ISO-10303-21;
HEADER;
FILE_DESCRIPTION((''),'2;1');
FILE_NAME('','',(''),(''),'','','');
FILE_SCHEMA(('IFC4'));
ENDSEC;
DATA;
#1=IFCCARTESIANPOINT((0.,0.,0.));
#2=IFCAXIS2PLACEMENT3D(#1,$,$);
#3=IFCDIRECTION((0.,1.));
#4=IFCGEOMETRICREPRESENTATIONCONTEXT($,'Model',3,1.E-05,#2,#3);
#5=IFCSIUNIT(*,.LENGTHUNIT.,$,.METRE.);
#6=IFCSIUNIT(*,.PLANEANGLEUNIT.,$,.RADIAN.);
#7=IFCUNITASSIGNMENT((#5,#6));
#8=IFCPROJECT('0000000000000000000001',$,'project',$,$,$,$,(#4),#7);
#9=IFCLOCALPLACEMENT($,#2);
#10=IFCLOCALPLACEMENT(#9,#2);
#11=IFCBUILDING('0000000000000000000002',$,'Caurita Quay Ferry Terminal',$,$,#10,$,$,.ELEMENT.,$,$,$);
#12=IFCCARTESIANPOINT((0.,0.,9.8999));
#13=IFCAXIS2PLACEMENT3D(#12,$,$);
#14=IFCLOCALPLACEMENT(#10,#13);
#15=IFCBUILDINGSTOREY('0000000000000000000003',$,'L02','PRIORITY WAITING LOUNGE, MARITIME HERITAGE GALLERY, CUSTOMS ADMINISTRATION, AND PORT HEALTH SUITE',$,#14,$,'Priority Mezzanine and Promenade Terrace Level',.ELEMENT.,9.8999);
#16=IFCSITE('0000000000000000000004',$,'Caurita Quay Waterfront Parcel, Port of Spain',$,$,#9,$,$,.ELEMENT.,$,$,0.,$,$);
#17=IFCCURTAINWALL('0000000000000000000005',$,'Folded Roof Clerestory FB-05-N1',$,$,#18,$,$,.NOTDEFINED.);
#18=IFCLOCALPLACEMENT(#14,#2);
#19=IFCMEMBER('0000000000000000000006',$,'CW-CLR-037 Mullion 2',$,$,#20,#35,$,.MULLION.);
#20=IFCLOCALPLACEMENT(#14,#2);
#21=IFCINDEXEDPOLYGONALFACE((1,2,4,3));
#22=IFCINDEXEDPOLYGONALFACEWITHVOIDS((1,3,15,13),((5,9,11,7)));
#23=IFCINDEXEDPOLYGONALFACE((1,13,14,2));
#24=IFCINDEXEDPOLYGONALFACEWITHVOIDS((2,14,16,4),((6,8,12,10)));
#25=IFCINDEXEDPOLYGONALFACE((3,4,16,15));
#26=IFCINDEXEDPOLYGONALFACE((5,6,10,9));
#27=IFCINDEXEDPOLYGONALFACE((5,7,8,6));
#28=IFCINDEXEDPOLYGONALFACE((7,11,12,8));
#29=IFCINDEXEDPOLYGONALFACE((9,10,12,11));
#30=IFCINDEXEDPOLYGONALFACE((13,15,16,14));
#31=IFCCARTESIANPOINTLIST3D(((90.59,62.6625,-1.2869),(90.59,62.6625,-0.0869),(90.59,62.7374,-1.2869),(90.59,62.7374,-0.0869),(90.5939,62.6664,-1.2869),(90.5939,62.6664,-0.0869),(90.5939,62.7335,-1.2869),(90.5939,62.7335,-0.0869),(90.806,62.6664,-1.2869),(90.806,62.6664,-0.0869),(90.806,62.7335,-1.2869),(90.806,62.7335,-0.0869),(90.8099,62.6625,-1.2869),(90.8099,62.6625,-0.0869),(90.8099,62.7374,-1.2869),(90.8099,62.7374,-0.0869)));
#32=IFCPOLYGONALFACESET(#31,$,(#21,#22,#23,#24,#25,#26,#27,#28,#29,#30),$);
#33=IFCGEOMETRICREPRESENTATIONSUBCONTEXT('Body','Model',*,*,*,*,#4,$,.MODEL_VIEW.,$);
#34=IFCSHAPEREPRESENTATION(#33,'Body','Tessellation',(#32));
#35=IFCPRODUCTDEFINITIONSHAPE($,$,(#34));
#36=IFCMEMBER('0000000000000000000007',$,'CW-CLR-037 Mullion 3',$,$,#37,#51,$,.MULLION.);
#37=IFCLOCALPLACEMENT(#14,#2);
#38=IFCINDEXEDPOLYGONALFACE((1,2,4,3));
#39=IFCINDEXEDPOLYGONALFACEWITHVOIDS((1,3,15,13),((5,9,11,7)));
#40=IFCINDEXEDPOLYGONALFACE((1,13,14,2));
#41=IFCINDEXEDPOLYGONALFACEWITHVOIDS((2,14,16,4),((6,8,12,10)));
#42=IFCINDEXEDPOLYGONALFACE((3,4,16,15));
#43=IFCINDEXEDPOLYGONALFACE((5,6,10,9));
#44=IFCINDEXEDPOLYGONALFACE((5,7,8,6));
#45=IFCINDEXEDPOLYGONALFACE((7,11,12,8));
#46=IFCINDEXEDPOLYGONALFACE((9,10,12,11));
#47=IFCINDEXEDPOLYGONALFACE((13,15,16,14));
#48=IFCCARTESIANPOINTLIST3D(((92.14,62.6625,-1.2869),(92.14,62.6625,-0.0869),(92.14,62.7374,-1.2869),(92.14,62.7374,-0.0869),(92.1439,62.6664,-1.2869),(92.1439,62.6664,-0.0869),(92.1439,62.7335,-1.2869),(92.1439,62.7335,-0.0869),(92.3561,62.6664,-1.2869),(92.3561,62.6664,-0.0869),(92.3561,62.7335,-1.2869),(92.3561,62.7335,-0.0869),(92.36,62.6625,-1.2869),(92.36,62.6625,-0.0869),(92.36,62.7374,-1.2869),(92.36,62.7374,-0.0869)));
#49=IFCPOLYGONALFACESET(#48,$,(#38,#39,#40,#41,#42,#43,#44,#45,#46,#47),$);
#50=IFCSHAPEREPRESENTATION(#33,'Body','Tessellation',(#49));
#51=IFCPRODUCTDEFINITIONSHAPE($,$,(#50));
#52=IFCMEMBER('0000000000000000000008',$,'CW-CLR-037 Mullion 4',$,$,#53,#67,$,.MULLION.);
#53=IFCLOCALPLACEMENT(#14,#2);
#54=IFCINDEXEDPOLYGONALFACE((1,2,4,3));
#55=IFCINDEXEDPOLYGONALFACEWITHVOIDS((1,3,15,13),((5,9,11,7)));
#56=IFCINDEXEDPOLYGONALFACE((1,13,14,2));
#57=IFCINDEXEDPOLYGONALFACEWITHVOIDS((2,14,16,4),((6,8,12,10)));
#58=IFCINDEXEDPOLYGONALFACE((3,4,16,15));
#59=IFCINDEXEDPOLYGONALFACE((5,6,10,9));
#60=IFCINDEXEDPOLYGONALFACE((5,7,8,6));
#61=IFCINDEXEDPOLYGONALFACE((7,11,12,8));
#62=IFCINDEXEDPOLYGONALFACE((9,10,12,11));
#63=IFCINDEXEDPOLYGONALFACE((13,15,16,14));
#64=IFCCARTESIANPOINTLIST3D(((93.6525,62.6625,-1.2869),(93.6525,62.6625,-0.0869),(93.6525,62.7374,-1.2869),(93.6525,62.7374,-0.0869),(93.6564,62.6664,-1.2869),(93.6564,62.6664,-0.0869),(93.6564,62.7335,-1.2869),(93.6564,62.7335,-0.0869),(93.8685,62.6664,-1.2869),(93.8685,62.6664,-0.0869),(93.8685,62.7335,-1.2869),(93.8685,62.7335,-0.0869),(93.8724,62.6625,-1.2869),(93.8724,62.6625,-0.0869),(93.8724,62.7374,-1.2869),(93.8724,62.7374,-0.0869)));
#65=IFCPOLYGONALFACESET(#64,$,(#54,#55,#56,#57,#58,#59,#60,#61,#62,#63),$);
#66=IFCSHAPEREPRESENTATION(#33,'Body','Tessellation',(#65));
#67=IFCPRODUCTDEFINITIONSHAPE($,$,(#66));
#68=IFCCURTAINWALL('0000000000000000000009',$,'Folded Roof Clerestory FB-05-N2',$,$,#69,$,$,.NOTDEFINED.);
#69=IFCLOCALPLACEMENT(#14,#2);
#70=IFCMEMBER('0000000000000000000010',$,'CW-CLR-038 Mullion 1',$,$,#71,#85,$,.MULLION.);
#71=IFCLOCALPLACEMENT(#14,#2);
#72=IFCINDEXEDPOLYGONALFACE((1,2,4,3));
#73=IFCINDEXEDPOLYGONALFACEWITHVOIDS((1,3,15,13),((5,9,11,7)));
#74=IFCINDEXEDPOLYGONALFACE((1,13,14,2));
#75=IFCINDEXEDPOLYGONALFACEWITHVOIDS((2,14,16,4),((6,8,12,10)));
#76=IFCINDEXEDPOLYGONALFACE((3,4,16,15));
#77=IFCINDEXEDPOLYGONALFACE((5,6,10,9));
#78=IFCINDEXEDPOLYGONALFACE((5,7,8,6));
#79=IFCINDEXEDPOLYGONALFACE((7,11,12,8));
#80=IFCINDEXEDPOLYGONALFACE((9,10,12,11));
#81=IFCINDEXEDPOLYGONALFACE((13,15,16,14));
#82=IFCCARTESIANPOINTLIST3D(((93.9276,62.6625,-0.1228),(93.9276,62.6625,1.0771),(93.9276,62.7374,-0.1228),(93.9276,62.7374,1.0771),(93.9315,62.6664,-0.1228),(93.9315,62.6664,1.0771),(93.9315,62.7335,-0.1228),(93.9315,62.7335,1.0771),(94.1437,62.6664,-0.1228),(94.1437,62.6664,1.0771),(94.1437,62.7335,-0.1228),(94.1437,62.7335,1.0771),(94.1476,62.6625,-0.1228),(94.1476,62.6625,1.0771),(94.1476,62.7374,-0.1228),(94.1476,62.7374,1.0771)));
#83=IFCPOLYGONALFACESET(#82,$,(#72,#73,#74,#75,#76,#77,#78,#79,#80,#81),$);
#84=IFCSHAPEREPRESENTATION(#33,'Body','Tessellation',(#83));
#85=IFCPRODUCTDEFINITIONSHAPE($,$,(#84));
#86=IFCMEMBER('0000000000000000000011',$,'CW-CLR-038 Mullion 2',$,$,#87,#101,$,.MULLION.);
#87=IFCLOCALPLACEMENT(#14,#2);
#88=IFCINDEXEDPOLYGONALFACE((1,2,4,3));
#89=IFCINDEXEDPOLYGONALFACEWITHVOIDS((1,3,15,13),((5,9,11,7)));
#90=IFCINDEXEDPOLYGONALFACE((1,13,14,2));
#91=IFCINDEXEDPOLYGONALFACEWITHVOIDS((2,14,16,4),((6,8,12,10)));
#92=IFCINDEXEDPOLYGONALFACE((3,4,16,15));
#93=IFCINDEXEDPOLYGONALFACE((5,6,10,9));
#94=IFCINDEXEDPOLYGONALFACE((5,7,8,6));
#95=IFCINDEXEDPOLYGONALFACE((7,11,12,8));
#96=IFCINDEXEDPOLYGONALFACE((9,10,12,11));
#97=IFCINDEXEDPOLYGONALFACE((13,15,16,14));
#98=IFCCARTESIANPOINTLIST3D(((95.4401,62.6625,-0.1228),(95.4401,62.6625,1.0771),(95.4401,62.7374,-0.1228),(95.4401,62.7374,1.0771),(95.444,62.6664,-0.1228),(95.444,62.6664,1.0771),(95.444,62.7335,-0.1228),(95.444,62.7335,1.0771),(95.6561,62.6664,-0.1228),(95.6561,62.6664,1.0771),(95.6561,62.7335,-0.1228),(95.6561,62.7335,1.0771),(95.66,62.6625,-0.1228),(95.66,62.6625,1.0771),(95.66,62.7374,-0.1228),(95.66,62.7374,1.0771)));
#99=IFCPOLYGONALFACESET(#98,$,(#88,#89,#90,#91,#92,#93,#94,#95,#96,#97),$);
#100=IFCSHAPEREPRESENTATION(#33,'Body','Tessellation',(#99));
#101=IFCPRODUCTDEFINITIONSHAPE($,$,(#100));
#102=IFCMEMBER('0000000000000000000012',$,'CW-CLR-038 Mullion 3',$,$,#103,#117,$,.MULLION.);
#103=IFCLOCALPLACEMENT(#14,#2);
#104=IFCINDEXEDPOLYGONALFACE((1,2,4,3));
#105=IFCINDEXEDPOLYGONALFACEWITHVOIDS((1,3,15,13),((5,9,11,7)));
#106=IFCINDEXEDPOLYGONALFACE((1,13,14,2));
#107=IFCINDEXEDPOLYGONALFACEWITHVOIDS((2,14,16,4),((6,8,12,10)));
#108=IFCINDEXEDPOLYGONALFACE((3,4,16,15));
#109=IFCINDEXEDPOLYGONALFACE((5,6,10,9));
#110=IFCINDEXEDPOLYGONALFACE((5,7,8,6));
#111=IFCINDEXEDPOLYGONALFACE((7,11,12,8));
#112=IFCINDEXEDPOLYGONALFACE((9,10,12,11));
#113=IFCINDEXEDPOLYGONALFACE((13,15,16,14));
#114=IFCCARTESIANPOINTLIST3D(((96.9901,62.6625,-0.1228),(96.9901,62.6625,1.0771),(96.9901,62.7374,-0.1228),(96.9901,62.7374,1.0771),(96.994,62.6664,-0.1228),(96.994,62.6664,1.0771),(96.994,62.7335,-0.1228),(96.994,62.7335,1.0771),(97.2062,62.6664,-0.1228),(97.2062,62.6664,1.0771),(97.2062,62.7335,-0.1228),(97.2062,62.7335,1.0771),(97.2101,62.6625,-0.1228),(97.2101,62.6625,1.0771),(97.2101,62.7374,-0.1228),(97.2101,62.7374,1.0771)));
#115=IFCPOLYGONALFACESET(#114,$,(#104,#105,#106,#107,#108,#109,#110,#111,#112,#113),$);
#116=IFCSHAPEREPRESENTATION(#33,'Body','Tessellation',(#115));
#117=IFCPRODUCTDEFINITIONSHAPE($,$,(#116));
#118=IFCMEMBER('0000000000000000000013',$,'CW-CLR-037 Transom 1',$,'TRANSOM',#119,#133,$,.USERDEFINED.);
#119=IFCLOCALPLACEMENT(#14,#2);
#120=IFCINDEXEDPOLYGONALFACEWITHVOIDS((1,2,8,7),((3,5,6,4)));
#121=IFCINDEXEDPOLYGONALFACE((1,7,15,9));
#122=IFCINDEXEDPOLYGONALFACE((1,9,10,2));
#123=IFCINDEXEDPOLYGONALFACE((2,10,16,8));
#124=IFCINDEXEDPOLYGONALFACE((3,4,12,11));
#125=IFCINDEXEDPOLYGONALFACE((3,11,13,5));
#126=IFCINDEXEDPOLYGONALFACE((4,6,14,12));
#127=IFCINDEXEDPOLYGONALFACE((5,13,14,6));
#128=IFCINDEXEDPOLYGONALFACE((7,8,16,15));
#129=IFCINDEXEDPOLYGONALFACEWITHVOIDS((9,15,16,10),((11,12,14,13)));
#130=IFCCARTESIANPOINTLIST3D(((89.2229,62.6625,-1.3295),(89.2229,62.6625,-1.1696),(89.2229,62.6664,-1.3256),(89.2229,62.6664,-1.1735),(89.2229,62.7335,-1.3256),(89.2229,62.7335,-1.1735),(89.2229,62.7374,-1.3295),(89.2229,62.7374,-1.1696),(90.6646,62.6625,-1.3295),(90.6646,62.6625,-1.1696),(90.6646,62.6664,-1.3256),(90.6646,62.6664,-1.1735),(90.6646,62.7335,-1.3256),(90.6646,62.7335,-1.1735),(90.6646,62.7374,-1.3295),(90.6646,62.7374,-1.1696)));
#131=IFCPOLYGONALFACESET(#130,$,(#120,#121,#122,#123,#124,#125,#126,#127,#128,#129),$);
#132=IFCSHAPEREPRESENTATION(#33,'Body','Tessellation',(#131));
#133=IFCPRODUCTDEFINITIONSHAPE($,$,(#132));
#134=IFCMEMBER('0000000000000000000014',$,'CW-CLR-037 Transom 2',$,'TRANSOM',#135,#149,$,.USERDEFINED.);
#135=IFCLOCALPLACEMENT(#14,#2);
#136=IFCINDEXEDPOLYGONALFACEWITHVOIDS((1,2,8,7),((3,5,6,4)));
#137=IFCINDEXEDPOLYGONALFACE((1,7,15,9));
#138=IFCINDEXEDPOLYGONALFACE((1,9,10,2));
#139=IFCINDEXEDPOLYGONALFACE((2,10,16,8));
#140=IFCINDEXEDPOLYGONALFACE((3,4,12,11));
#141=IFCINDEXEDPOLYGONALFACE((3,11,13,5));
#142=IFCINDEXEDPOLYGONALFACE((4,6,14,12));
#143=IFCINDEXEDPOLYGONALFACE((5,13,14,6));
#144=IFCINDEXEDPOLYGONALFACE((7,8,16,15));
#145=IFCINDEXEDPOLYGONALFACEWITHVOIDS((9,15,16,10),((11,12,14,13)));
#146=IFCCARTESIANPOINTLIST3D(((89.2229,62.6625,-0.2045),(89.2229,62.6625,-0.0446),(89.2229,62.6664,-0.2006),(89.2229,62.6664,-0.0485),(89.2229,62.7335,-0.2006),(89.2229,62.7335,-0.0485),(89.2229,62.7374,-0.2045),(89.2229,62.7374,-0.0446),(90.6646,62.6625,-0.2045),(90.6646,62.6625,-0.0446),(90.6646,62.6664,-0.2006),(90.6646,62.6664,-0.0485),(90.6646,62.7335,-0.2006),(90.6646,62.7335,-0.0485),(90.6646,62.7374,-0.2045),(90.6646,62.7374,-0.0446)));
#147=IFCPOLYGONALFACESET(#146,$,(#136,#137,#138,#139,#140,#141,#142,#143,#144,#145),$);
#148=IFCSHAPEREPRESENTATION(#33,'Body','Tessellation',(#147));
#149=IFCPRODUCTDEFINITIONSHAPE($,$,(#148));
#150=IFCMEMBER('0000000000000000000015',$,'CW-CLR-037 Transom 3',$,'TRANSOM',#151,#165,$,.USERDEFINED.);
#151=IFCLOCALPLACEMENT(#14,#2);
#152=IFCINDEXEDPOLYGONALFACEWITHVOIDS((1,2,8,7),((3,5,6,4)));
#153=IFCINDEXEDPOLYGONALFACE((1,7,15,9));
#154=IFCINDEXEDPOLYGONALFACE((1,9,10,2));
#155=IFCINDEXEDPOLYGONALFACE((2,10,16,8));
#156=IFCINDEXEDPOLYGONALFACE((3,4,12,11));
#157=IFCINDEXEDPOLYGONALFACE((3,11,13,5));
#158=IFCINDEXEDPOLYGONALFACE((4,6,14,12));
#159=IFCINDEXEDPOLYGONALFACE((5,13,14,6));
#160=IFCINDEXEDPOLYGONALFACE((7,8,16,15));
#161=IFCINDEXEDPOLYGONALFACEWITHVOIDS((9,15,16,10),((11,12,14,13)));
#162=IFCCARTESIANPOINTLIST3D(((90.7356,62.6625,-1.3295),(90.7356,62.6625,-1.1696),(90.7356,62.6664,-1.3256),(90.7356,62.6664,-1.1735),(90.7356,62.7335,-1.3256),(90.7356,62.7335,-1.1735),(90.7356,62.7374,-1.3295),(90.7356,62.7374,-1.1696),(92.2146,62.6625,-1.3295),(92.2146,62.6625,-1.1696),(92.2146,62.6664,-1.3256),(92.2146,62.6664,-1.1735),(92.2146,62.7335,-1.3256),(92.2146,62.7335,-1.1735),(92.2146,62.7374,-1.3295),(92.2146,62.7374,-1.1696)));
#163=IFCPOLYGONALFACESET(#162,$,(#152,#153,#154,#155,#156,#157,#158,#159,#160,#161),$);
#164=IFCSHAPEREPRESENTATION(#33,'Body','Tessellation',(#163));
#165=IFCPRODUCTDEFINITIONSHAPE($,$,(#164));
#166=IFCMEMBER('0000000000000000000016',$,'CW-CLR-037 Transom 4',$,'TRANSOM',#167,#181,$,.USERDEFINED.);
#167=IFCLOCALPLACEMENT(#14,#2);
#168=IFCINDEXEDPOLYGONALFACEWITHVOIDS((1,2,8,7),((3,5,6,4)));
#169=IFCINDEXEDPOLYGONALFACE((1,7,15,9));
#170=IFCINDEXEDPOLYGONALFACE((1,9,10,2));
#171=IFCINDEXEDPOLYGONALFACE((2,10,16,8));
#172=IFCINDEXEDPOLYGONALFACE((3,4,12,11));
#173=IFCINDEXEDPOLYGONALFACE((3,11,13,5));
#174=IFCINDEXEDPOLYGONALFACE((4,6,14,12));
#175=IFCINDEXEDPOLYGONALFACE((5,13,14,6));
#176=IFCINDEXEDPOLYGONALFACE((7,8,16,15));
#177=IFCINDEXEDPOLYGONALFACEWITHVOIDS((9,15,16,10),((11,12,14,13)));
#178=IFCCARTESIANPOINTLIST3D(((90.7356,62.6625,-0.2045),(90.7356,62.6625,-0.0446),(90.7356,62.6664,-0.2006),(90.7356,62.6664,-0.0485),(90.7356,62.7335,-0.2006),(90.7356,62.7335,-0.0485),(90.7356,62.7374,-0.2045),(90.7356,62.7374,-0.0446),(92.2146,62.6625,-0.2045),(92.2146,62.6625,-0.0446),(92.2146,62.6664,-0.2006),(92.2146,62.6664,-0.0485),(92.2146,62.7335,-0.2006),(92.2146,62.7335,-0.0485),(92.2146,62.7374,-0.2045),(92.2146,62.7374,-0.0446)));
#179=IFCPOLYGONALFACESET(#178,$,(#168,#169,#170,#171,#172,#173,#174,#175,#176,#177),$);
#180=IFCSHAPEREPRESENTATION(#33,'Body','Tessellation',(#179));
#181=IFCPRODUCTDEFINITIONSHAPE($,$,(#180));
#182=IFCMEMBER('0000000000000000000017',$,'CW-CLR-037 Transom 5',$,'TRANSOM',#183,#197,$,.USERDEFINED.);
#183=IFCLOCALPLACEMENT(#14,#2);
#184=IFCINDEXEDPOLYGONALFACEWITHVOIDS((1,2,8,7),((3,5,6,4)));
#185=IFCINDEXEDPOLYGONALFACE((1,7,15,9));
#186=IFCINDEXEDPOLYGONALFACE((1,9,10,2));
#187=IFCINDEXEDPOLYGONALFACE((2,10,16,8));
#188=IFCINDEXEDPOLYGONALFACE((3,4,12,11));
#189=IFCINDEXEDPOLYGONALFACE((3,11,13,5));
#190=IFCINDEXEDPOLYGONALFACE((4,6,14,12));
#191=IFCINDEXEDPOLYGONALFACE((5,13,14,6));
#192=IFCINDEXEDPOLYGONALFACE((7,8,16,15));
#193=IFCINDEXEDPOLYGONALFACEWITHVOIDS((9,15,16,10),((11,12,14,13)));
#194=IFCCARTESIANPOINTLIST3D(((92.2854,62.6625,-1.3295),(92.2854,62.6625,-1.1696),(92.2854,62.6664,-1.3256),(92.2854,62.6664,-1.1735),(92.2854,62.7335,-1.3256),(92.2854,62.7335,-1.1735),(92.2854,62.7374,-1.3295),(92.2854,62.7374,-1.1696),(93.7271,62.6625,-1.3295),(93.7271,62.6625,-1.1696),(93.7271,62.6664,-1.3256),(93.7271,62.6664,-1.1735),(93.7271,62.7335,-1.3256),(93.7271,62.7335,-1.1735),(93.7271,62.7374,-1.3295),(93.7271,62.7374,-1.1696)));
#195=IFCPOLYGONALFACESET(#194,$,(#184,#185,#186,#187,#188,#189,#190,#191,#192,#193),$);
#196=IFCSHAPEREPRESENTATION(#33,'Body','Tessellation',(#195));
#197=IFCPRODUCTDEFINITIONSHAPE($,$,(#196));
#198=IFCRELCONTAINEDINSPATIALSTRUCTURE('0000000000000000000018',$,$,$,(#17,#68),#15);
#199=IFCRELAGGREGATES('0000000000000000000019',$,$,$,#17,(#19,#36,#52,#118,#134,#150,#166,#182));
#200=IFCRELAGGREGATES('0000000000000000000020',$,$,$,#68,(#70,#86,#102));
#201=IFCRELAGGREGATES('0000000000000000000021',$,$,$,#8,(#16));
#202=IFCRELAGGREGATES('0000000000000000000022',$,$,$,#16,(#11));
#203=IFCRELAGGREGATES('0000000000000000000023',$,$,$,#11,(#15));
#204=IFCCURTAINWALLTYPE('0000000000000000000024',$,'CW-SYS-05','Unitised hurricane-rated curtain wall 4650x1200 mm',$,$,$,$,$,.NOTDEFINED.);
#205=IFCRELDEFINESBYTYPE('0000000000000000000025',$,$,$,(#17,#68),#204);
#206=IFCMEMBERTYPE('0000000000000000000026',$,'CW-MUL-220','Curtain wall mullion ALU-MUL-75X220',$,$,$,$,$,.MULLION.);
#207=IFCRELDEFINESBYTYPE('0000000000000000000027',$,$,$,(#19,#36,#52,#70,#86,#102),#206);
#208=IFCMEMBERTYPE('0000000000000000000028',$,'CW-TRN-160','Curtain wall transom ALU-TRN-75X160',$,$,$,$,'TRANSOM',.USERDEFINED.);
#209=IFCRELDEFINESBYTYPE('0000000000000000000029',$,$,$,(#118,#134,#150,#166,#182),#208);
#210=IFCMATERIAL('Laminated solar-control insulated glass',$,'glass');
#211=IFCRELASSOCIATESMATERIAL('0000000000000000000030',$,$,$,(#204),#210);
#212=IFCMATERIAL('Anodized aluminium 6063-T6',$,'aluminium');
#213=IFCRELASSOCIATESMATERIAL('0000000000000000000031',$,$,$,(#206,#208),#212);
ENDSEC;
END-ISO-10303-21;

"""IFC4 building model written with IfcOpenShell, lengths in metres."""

from ifc_helpers import new_model, si_unit, direction, frame, origin, origin_2d, place, context, subcontext, project, spatial, hollow_rectangle, extrude, material, material_profile, profile_set, type_object, element, aggregate, save


model = new_model("IFC4")

# Units and contexts
model_context = context("Model", 3, precision=1e-05, world=origin(), true_north=direction((0.0, 1.0)))
body_context = subcontext(model_context, "Body", "Model", "MODEL_VIEW")
ifc_project = project(units=[si_unit("LENGTHUNIT", "METRE"), si_unit("PLANEANGLEUNIT", "RADIAN")], contexts=[model_context])

# Site, building, storey
site_placement = place(None, origin())
site = spatial("IfcSite", under=ifc_project, at=site_placement, Name="Caurita Quay Waterfront Parcel, Port of Spain", CompositionType="ELEMENT", RefElevation=0.0)
building_placement = place(site_placement, origin())
building = spatial("IfcBuilding", under=site, at=building_placement, Name="Caurita Quay Ferry Terminal", CompositionType="ELEMENT")
storey_placement = place(building_placement, frame((0.0, 0.0, 9.8999)))
storey = spatial("IfcBuildingStorey", under=building, at=storey_placement, Name="L02", Description="PRIORITY WAITING LOUNGE, MARITIME HERITAGE GALLERY, CUSTOMS ADMINISTRATION, AND PORT HEALTH SUITE", LongName="Priority Mezzanine and Promenade Terrace Level", CompositionType="ELEMENT", Elevation=9.8999)

# Curtain walls, members
ifc_material_1 = material(Name="Laminated solar-control insulated glass", Category="glass")
curtain_wall_type = type_object("IfcCurtainWallType", Name="CW-SYS-05", Description="Unitised hurricane-rated curtain wall 4650x1200 mm", PredefinedType="NOTDEFINED", material=ifc_material_1)
curtain_wall_1_placement = place(storey_placement, origin())
curtain_wall_1 = element("IfcCurtainWall", 1, at=curtain_wall_1_placement, inside=storey, type_object=curtain_wall_type, Name="Folded Roof Clerestory FB-05-N1", PredefinedType="NOTDEFINED")
ifc_material_2 = material(Name="Anodized aluminium 6063-T6", Category="aluminium")
ifc_material_profile_1 = material_profile(ifc_material_2, hollow_rectangle(XDim=0.075, YDim=0.22, WallThickness=0.0039, at=origin_2d()), Name="ALU-MUL-75X220")
ifc_profile_set_1 = profile_set([ifc_material_profile_1], Name="Anodized aluminium 6063-T6")
member_type_1 = type_object("IfcMemberType", Name="CW-MUL-220", Description="Curtain wall mullion ALU-MUL-75X220", PredefinedType="MULLION", material=ifc_profile_set_1)
member_1_placement = place(storey_placement, frame((90.7, 62.7, -1.2869), z_axis=(0.0, 0.0, 1.0), x_axis=(0.0, 1.0, 0.0)))
member_1 = element("IfcMember", 2, at=member_1_placement, type_object=member_type_1, Name="CW-CLR-037 Mullion 2", PredefinedType="MULLION", context=body_context, shape_type="SweptSolid", body=[
    extrude(hollow_rectangle(XDim=0.075, YDim=0.22, WallThickness=0.0039, at=origin_2d()), origin(), (0.0, 0.0, 1.0), 1.2),
])
member_2_placement = place(storey_placement, frame((92.25, 62.7, -1.2869), z_axis=(0.0, 0.0, 1.0), x_axis=(0.0, 1.0, 0.0)))
member_2 = element("IfcMember", 3, at=member_2_placement, type_object=member_type_1, Name="CW-CLR-037 Mullion 3", PredefinedType="MULLION", context=body_context, shape_type="SweptSolid", body=[
    extrude(hollow_rectangle(XDim=0.075, YDim=0.22, WallThickness=0.0039, at=origin_2d()), origin(), (0.0, 0.0, 1.0), 1.2),
])
member_3_placement = place(storey_placement, frame((93.7625, 62.7, -1.2869), z_axis=(0.0, 0.0, 1.0), x_axis=(0.0, 1.0, 0.0)))
member_3 = element("IfcMember", 4, at=member_3_placement, type_object=member_type_1, Name="CW-CLR-037 Mullion 4", PredefinedType="MULLION", context=body_context, shape_type="SweptSolid", body=[
    extrude(hollow_rectangle(XDim=0.075, YDim=0.22, WallThickness=0.0039, at=origin_2d()), origin(), (0.0, 0.0, 1.0), 1.2),
])
curtain_wall_2_placement = place(storey_placement, origin())
curtain_wall_2 = element("IfcCurtainWall", 5, at=curtain_wall_2_placement, inside=storey, type_object=curtain_wall_type, Name="Folded Roof Clerestory FB-05-N2", PredefinedType="NOTDEFINED")
member_4_placement = place(storey_placement, frame((94.0376, 62.7, -0.1228), z_axis=(0.0, 0.0, 1.0), x_axis=(0.0, 1.0, 0.0)))
member_4 = element("IfcMember", 6, at=member_4_placement, type_object=member_type_1, Name="CW-CLR-038 Mullion 1", PredefinedType="MULLION", context=body_context, shape_type="SweptSolid", body=[
    extrude(hollow_rectangle(XDim=0.075, YDim=0.22, WallThickness=0.0039, at=origin_2d()), origin(), (0.0, 0.0, 1.0), 1.2),
])
member_5_placement = place(storey_placement, frame((95.55, 62.7, -0.1228), z_axis=(0.0, 0.0, 1.0), x_axis=(0.0, 1.0, 0.0)))
member_5 = element("IfcMember", 7, at=member_5_placement, type_object=member_type_1, Name="CW-CLR-038 Mullion 2", PredefinedType="MULLION", context=body_context, shape_type="SweptSolid", body=[
    extrude(hollow_rectangle(XDim=0.075, YDim=0.22, WallThickness=0.0039, at=origin_2d()), origin(), (0.0, 0.0, 1.0), 1.2),
])
member_6_placement = place(storey_placement, frame((97.1001, 62.7, -0.1228), z_axis=(0.0, 0.0, 1.0), x_axis=(0.0, 1.0, 0.0)))
member_6 = element("IfcMember", 8, at=member_6_placement, type_object=member_type_1, Name="CW-CLR-038 Mullion 3", PredefinedType="MULLION", context=body_context, shape_type="SweptSolid", body=[
    extrude(hollow_rectangle(XDim=0.075, YDim=0.22, WallThickness=0.0039, at=origin_2d()), origin(), (0.0, 0.0, 1.0), 1.2),
])

# Members
ifc_material_profile_2 = material_profile(ifc_material_2, hollow_rectangle(XDim=0.075, YDim=0.1599, WallThickness=0.0039, at=origin_2d()), Name="ALU-TRN-75X160")
ifc_profile_set_2 = profile_set([ifc_material_profile_2], Name="Anodized aluminium 6063-T6")
member_type_2 = type_object("IfcMemberType", Name="CW-TRN-160", Description="Curtain wall transom ALU-TRN-75X160", ElementType="TRANSOM", PredefinedType="USERDEFINED", material=ifc_profile_set_2)
member_7_placement = place(storey_placement, frame((89.2229, 62.7, -1.2495), z_axis=(1.0, 0.0, 0.0), x_axis=(0.0, 1.0, 0.0)))
member_7 = element("IfcMember", 9, at=member_7_placement, type_object=member_type_2, Name="CW-CLR-037 Transom 1", ObjectType="TRANSOM", PredefinedType="USERDEFINED", context=body_context, shape_type="SweptSolid", body=[
    extrude(hollow_rectangle(XDim=0.075, YDim=0.1599, WallThickness=0.0039, at=origin_2d()), origin(), (0.0, 0.0, 1.0), 1.4417),
])
member_8_placement = place(storey_placement, frame((89.2229, 62.7, -0.1245), z_axis=(1.0, 0.0, 0.0), x_axis=(0.0, 1.0, 0.0)))
member_8 = element("IfcMember", 10, at=member_8_placement, type_object=member_type_2, Name="CW-CLR-037 Transom 2", ObjectType="TRANSOM", PredefinedType="USERDEFINED", context=body_context, shape_type="SweptSolid", body=[
    extrude(hollow_rectangle(XDim=0.075, YDim=0.1599, WallThickness=0.0039, at=origin_2d()), origin(), (0.0, 0.0, 1.0), 1.4417),
])
member_9_placement = place(storey_placement, frame((90.7356, 62.7, -1.2495), z_axis=(1.0, 0.0, 0.0), x_axis=(0.0, 1.0, 0.0)))
member_9 = element("IfcMember", 11, at=member_9_placement, type_object=member_type_2, Name="CW-CLR-037 Transom 3", ObjectType="TRANSOM", PredefinedType="USERDEFINED", context=body_context, shape_type="SweptSolid", body=[
    extrude(hollow_rectangle(XDim=0.075, YDim=0.1599, WallThickness=0.0039, at=origin_2d()), origin(), (0.0, 0.0, 1.0), 1.479),
])
member_10_placement = place(storey_placement, frame((90.7356, 62.7, -0.1245), z_axis=(1.0, 0.0, 0.0), x_axis=(0.0, 1.0, 0.0)))
member_10 = element("IfcMember", 12, at=member_10_placement, type_object=member_type_2, Name="CW-CLR-037 Transom 4", ObjectType="TRANSOM", PredefinedType="USERDEFINED", context=body_context, shape_type="SweptSolid", body=[
    extrude(hollow_rectangle(XDim=0.075, YDim=0.1599, WallThickness=0.0039, at=origin_2d()), origin(), (0.0, 0.0, 1.0), 1.479),
])
member_11_placement = place(storey_placement, frame((92.2854, 62.7, -1.2495), z_axis=(1.0, 0.0, 0.0), x_axis=(0.0, 1.0, 0.0)))
member_11 = element("IfcMember", 13, at=member_11_placement, type_object=member_type_2, Name="CW-CLR-037 Transom 5", ObjectType="TRANSOM", PredefinedType="USERDEFINED", context=body_context, shape_type="SweptSolid", body=[
    extrude(hollow_rectangle(XDim=0.075, YDim=0.1599, WallThickness=0.0039, at=origin_2d()), origin(), (0.0, 0.0, 1.0), 1.4417),
])

aggregate(curtain_wall_1, [member_1, member_2, member_3, member_7, member_8, member_9, member_10, member_11])
aggregate(curtain_wall_2, [member_4, member_5, member_6])

save(model, "model.ifc")
